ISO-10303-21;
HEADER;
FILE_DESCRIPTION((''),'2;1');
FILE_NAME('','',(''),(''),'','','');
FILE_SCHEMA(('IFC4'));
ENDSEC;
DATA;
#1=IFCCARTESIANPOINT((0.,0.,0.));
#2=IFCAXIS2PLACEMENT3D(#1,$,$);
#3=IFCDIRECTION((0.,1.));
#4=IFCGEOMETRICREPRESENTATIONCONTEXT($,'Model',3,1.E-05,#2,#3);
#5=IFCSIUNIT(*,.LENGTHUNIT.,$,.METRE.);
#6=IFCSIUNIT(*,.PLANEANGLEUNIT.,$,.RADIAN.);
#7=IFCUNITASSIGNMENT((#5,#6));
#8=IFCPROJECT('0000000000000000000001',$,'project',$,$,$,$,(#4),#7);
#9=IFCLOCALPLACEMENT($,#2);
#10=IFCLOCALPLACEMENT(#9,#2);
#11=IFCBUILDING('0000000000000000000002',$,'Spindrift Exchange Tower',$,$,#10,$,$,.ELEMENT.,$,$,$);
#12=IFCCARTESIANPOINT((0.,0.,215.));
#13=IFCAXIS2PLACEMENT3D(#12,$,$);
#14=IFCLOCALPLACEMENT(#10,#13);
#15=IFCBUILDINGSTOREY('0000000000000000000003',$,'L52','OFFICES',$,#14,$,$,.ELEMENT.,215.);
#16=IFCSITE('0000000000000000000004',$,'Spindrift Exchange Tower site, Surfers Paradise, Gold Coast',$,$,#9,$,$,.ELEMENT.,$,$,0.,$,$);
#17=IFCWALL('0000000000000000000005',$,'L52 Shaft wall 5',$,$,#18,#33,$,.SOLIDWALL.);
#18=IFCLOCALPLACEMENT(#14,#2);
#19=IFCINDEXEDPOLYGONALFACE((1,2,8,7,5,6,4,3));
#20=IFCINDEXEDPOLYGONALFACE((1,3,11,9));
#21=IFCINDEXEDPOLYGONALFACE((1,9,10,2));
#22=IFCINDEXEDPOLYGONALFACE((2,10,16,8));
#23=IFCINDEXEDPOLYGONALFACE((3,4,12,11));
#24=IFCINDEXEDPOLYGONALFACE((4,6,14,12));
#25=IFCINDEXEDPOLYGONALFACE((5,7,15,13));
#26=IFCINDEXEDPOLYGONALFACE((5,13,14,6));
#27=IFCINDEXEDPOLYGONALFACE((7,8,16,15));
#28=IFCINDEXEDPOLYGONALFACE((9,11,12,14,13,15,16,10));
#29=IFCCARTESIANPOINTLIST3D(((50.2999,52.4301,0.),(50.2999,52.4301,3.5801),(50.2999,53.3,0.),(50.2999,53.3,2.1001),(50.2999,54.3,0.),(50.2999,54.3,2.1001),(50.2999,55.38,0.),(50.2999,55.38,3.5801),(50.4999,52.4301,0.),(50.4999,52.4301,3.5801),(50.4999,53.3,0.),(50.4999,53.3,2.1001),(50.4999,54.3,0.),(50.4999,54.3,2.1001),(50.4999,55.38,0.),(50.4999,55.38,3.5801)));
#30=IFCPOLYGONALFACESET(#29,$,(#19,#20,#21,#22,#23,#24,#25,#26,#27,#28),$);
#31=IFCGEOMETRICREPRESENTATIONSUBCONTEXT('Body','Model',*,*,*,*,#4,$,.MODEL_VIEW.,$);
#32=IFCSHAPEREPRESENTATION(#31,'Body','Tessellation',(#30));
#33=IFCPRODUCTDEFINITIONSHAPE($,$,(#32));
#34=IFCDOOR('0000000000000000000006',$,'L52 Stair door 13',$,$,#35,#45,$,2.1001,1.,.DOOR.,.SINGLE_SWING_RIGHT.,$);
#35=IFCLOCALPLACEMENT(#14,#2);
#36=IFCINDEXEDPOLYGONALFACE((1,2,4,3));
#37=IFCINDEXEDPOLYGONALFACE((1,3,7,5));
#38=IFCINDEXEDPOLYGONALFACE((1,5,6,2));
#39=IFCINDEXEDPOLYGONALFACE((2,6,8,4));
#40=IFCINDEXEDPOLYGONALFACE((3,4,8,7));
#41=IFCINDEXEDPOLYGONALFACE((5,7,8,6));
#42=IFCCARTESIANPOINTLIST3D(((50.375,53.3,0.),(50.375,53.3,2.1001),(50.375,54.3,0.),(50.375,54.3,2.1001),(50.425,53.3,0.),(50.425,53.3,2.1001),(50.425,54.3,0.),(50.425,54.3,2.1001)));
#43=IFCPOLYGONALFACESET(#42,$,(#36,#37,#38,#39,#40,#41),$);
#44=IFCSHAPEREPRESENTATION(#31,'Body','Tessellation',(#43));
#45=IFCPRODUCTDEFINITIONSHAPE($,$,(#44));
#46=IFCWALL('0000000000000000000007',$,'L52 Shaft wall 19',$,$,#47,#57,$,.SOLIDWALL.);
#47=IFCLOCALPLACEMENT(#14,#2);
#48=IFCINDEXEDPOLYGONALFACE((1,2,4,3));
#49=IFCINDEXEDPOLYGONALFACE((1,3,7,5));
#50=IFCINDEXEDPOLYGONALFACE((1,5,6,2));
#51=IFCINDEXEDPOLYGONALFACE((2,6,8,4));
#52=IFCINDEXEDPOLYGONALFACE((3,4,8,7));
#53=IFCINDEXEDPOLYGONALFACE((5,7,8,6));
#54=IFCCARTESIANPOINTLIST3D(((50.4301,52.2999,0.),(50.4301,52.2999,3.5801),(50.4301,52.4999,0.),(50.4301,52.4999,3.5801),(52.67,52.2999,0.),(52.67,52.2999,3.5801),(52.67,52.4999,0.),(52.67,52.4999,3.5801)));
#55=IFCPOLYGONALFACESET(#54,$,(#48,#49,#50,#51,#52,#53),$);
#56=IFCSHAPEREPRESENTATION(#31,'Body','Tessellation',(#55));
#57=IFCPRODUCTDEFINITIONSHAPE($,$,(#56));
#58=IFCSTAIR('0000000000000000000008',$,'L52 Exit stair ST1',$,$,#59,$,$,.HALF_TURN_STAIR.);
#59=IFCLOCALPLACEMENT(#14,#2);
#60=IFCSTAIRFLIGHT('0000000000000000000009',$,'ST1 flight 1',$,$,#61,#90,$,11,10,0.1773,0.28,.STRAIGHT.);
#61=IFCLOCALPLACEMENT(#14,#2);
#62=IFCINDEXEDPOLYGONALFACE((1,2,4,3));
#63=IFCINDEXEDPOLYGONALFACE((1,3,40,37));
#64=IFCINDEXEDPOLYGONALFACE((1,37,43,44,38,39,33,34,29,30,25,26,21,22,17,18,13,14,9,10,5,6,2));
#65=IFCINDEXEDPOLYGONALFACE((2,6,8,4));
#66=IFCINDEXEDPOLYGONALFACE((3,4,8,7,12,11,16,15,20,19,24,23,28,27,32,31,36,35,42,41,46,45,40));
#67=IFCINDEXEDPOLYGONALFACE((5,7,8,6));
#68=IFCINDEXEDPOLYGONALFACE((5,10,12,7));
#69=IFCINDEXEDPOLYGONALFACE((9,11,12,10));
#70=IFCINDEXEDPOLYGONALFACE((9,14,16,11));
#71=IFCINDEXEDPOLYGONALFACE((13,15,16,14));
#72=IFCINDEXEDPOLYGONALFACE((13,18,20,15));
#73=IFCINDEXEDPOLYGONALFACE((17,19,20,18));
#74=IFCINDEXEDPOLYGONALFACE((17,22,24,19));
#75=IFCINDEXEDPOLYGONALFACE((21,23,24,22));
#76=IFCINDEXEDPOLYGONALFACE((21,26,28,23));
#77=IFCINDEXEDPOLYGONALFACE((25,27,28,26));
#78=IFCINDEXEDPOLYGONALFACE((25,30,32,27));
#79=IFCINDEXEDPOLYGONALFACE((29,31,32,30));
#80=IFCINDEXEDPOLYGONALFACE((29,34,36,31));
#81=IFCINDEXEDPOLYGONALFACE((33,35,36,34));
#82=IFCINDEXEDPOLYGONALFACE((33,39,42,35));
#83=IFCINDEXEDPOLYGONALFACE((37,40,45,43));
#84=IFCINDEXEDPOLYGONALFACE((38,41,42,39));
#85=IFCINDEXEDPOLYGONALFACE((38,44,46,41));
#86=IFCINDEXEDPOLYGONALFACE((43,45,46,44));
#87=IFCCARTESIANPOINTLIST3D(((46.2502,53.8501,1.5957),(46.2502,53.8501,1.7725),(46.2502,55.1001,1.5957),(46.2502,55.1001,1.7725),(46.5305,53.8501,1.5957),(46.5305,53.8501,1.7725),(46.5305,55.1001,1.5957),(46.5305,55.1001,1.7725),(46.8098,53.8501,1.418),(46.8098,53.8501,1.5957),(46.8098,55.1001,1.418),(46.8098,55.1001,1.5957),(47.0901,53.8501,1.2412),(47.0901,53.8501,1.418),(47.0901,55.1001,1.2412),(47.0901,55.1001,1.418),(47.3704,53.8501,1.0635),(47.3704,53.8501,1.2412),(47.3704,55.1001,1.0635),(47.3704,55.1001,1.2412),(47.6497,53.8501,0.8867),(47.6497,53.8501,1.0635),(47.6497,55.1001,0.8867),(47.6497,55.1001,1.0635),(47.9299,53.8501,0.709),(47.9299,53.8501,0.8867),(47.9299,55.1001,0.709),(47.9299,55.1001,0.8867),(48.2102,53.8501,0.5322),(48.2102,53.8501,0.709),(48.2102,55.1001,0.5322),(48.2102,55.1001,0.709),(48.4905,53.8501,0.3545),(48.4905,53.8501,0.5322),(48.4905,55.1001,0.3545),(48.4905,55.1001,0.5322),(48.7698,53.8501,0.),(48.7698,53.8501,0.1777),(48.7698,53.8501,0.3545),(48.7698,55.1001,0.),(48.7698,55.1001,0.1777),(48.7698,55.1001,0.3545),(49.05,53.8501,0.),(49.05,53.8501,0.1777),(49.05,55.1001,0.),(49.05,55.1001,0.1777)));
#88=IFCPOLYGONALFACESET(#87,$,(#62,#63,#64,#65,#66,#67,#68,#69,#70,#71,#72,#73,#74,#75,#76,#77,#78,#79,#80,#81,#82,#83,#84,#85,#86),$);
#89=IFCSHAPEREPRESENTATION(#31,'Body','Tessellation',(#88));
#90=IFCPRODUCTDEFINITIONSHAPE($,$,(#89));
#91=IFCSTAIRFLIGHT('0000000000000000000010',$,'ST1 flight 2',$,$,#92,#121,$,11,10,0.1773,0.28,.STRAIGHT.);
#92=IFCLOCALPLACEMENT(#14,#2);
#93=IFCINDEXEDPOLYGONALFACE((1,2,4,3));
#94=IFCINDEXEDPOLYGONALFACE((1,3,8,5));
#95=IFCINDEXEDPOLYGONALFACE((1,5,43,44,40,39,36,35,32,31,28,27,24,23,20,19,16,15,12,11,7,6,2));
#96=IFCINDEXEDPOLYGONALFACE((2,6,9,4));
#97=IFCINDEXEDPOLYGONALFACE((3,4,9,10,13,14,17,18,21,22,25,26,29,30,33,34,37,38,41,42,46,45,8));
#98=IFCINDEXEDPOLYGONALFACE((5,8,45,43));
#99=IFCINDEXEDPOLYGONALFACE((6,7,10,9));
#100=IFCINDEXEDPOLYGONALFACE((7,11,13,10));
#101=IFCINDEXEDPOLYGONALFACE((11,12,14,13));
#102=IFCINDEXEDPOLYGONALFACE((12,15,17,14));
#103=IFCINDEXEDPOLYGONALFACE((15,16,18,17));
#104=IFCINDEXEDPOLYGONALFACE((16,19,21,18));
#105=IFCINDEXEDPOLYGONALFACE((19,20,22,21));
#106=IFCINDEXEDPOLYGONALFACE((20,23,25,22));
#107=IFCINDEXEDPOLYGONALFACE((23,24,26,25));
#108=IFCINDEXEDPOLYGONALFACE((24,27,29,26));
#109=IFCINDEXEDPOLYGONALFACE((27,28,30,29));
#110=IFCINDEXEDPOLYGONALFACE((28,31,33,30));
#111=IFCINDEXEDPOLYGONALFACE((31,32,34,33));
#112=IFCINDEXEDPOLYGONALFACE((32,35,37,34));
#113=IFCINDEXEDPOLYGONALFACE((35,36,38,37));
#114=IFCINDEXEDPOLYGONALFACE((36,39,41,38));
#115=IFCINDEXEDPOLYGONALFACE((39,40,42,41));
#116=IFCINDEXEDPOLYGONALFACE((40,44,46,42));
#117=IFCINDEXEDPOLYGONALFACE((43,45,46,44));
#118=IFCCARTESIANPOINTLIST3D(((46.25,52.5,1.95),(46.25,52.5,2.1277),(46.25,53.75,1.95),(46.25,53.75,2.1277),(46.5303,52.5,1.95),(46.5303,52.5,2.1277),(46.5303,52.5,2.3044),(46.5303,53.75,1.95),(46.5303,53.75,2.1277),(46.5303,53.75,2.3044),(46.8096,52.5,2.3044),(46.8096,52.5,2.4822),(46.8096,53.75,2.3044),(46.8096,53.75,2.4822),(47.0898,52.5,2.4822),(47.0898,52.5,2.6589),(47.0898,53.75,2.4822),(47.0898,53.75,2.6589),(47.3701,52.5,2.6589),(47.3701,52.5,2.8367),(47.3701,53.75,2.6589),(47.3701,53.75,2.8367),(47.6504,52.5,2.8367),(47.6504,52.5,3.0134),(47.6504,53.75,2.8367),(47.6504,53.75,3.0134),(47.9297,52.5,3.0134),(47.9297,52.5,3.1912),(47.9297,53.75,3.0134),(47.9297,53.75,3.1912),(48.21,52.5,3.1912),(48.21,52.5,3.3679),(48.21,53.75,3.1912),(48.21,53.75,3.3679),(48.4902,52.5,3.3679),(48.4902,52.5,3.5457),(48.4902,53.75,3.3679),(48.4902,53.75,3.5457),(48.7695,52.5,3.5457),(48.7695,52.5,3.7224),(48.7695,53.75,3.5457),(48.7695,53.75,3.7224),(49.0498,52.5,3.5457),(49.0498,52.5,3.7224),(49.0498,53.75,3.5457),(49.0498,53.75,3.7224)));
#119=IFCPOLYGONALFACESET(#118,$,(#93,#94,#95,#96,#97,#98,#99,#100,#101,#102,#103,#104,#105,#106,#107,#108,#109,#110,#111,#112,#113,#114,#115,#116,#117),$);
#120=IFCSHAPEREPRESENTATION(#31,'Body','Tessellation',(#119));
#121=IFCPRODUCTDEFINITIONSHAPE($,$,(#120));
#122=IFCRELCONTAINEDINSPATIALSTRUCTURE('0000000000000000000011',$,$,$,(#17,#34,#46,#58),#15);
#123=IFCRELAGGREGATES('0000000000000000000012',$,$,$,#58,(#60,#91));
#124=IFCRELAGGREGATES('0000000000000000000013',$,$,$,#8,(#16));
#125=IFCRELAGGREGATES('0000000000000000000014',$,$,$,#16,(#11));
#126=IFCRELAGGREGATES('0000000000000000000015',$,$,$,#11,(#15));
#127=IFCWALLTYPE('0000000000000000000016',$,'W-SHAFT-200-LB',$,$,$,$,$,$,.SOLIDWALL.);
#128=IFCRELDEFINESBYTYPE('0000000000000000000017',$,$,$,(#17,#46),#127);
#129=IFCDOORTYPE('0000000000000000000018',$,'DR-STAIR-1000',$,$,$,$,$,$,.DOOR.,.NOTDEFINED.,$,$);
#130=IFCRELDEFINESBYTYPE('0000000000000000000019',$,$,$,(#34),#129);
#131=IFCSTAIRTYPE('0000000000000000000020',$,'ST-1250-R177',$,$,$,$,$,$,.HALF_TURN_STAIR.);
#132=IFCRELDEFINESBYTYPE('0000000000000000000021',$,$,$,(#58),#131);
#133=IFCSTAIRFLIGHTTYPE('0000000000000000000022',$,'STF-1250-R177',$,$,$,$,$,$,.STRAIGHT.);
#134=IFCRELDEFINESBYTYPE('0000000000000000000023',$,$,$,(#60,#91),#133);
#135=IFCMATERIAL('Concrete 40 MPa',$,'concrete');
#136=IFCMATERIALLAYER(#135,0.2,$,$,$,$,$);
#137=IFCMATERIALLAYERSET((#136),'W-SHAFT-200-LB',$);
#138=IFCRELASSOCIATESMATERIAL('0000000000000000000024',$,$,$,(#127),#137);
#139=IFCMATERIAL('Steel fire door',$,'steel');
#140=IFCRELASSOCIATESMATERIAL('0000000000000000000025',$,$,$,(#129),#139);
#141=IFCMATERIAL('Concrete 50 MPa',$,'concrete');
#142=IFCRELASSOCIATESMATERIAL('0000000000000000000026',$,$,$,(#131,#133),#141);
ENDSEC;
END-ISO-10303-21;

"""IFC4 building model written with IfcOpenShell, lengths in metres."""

from ifc_helpers import new_model, si_unit, direction, frame, frame_2d, origin, place, context, subcontext, project, spatial, line, indexed_curve, rectangle, outline, extrude, source, transform, mapped, material, layer, layer_set, type_object, element, fill, aggregate, save


model = new_model("IFC4")

# Units and contexts
model_context = context("Model", 3, precision=1e-05, world=origin(), true_north=direction((0.0, 1.0)))
body_context = subcontext(model_context, "Body", "Model", "MODEL_VIEW")
ifc_project = project(units=[si_unit("LENGTHUNIT", "METRE"), si_unit("PLANEANGLEUNIT", "RADIAN")], contexts=[model_context])

# Site, building, storey
site_placement = place(None, origin())
site = spatial("IfcSite", under=ifc_project, at=site_placement, Name="Spindrift Exchange Tower site, Surfers Paradise, Gold Coast", CompositionType="ELEMENT", RefElevation=0.0)
building_placement = place(site_placement, origin())
building = spatial("IfcBuilding", under=site, at=building_placement, Name="Spindrift Exchange Tower", CompositionType="ELEMENT")
storey_placement = place(building_placement, frame((0.0, 0.0, 215.0)))
storey = spatial("IfcBuildingStorey", under=building, at=storey_placement, Name="L52", Description="OFFICES", CompositionType="ELEMENT", Elevation=215.0)

# Shared definitions
ifc_material_1 = material(Name="Concrete 50 MPa", Category="concrete")

# Shared definitions
ifc_material_2 = material(Name="Concrete 40 MPa", Category="concrete")
ifc_layer_1 = layer(ifc_material_2, 0.2)
ifc_layer_set_1 = layer_set([ifc_layer_1], Name="W-SHAFT-200-LB")
wall_type_1 = type_object("IfcWallType", Name="W-SHAFT-200-LB", PredefinedType="SOLIDWALL", material=ifc_layer_set_1)

# Wall, opening, door
wall_1_placement = place(storey_placement, frame((50.3999, 52.4299, 0.0), z_axis=(0.0, 0.0, 1.0), x_axis=(0.0, 1.0, 0.0)))
wall_1 = element("IfcWall", 1, at=wall_1_placement, inside=storey, type_object=wall_type_1, Name="L52 Shaft wall 5", PredefinedType="SOLIDWALL", context=body_context, shape_type="SweptSolid", body=[
    extrude(rectangle(XDim=2.95, YDim=0.2, at=frame_2d((1.4751, 0.0))), origin(), (0.0, 0.0, 1.0), 3.5801),
])
opening_1_placement = place(wall_1_placement, frame((0.8701, 0.0, 0.0)))
opening_1 = element("IfcOpeningElement", 2, at=opening_1_placement, cuts=wall_1, PredefinedType="OPENING", context=body_context, shape_type="SweptSolid", body=[
    extrude(rectangle(XDim=1.0, YDim=2.1001, at=frame_2d((0.5, 1.05))), frame((0.0, 0.1099, 0.0), z_axis=(0.0, -1.0, 0.0), x_axis=(1.0, 0.0, 0.0)), (0.0, 0.0, 1.0), 0.22),
])
ifc_material_3 = material(Name="Steel fire door", Category="steel")
door_type_1 = type_object("IfcDoorType", Name="DR-STAIR-1000", OperationType="NOTDEFINED", PredefinedType="DOOR", material=ifc_material_3)
shared_shape_1 = source(origin(), body_context, "Body", "SweptSolid", [
    extrude(rectangle(XDim=1.0, YDim=2.1001, at=frame_2d((0.5, 1.05))), frame((0.0, 0.0249, 0.0), z_axis=(0.0, -1.0, 0.0), x_axis=(1.0, 0.0, 0.0)), (0.0, 0.0, 1.0), 0.05),
])
door_1_placement = place(opening_1_placement, origin())
door_1 = element("IfcDoor", 3, at=door_1_placement, inside=storey, type_object=door_type_1, Name="L52 Stair door 13", OperationType="SINGLE_SWING_RIGHT", OverallHeight=2.1001, OverallWidth=1.0, PredefinedType="DOOR", context=body_context, shape_type="MappedRepresentation", body=[
    mapped(shared_shape_1, transform((0.0, 0.0, 0.0), scale=1.0)),
])
fill(opening_1, door_1)

# Wall
wall_2_placement = place(storey_placement, frame((50.4299, 52.3999, 0.0), z_axis=(0.0, 0.0, 1.0), x_axis=(1.0, 0.0, 0.0)))
element("IfcWall", 4, at=wall_2_placement, inside=storey, type_object=wall_type_1, Name="L52 Shaft wall 19", PredefinedType="SOLIDWALL", context=body_context, shape_type="SweptSolid", body=[
    extrude(rectangle(XDim=2.24, YDim=0.2, at=frame_2d((1.1201, 0.0))), origin(), (0.0, 0.0, 1.0), 3.5801),
])

# Stair, stair flights
stair_type = type_object("IfcStairType", Name="ST-1250-R177", PredefinedType="HALF_TURN_STAIR", material=ifc_material_1)
stair_placement = place(storey_placement, origin())
stair = element("IfcStair", 5, at=stair_placement, inside=storey, type_object=stair_type, Name="L52 Exit stair ST1", PredefinedType="HALF_TURN_STAIR")
stair_flight_type = type_object("IfcStairFlightType", Name="STF-1250-R177", PredefinedType="STRAIGHT", material=ifc_material_1)
stair_flight_1_placement = place(storey_placement, frame((49.05, 54.4751, 0.0), z_axis=(0.0, 0.0, 1.0), x_axis=(-1.0, 0.0, 0.0)))
stair_flight_1 = element("IfcStairFlight", 6, at=stair_flight_1_placement, type_object=stair_flight_type, Name="ST1 flight 1", NumberOfRisers=11, NumberOfTreads=10, PredefinedType="STRAIGHT", RiserHeight=0.1773, TreadLength=0.28, context=body_context, shape_type="SweptSolid", body=[
    extrude(outline(indexed_curve([(0.0, 0.0), (0.0, 0.1777), (0.2803, 0.1777), (0.2803, 0.3545), (0.5596, 0.3545), (0.5596, 0.5322), (0.8398, 0.5322), (0.8398, 0.709), (1.1201, 0.709), (1.1201, 0.8867), (1.4004, 0.8867), (1.4004, 1.0635), (1.6797, 1.0635), (1.6797, 1.2412), (1.96, 1.2412), (1.96, 1.418), (2.2402, 1.418), (2.2402, 1.5957), (2.5195, 1.5957), (2.5195, 1.7725), (2.7998, 1.7725), (2.7998, 1.9502), (2.7998, 1.5957), (0.2803, 0.0)], segments=[line(1, 2, 3, 4, 5, 6, 7, 8, 9, 10, 11, 12, 13, 14, 15, 16, 17, 18, 19, 20, 21, 22, 23, 24, 1)], self_intersect=False)), frame((0.0, 0.625, 0.0), z_axis=(0.0, -1.0, 0.0), x_axis=(1.0, 0.0, 0.0)), (0.0, 0.0, 1.0), 1.25),
])
stair_flight_2_placement = place(storey_placement, frame((46.25, 53.125, 1.95), z_axis=(0.0, 0.0, 1.0), x_axis=(1.0, 0.0, 0.0)))
stair_flight_2 = element("IfcStairFlight", 7, at=stair_flight_2_placement, type_object=stair_flight_type, Name="ST1 flight 2", NumberOfRisers=11, NumberOfTreads=10, PredefinedType="STRAIGHT", RiserHeight=0.1773, TreadLength=0.28, context=body_context, shape_type="SweptSolid", body=[
    extrude(outline(indexed_curve([(0.0, 0.0), (0.0, 0.1777), (0.2803, 0.1777), (0.2803, 0.3545), (0.5596, 0.3545), (0.5596, 0.5322), (0.8398, 0.5322), (0.8398, 0.709), (1.1201, 0.709), (1.1201, 0.8867), (1.4004, 0.8867), (1.4004, 1.0635), (1.6797, 1.0635), (1.6797, 1.2412), (1.96, 1.2412), (1.96, 1.418), (2.2402, 1.418), (2.2402, 1.5957), (2.5195, 1.5957), (2.5195, 1.7725), (2.7998, 1.7725), (2.7998, 1.9502), (2.7998, 1.5957), (0.2803, 0.0)], segments=[line(1, 2, 3, 4, 5, 6, 7, 8, 9, 10, 11, 12, 13, 14, 15, 16, 17, 18, 19, 20, 21, 22, 23, 24, 1)], self_intersect=False)), frame((0.0, 0.625, 0.0), z_axis=(0.0, -1.0, 0.0), x_axis=(1.0, 0.0, 0.0)), (0.0, 0.0, 1.0), 1.25),
])
aggregate(stair, [stair_flight_1, stair_flight_2])

save(model, "model.ifc")
